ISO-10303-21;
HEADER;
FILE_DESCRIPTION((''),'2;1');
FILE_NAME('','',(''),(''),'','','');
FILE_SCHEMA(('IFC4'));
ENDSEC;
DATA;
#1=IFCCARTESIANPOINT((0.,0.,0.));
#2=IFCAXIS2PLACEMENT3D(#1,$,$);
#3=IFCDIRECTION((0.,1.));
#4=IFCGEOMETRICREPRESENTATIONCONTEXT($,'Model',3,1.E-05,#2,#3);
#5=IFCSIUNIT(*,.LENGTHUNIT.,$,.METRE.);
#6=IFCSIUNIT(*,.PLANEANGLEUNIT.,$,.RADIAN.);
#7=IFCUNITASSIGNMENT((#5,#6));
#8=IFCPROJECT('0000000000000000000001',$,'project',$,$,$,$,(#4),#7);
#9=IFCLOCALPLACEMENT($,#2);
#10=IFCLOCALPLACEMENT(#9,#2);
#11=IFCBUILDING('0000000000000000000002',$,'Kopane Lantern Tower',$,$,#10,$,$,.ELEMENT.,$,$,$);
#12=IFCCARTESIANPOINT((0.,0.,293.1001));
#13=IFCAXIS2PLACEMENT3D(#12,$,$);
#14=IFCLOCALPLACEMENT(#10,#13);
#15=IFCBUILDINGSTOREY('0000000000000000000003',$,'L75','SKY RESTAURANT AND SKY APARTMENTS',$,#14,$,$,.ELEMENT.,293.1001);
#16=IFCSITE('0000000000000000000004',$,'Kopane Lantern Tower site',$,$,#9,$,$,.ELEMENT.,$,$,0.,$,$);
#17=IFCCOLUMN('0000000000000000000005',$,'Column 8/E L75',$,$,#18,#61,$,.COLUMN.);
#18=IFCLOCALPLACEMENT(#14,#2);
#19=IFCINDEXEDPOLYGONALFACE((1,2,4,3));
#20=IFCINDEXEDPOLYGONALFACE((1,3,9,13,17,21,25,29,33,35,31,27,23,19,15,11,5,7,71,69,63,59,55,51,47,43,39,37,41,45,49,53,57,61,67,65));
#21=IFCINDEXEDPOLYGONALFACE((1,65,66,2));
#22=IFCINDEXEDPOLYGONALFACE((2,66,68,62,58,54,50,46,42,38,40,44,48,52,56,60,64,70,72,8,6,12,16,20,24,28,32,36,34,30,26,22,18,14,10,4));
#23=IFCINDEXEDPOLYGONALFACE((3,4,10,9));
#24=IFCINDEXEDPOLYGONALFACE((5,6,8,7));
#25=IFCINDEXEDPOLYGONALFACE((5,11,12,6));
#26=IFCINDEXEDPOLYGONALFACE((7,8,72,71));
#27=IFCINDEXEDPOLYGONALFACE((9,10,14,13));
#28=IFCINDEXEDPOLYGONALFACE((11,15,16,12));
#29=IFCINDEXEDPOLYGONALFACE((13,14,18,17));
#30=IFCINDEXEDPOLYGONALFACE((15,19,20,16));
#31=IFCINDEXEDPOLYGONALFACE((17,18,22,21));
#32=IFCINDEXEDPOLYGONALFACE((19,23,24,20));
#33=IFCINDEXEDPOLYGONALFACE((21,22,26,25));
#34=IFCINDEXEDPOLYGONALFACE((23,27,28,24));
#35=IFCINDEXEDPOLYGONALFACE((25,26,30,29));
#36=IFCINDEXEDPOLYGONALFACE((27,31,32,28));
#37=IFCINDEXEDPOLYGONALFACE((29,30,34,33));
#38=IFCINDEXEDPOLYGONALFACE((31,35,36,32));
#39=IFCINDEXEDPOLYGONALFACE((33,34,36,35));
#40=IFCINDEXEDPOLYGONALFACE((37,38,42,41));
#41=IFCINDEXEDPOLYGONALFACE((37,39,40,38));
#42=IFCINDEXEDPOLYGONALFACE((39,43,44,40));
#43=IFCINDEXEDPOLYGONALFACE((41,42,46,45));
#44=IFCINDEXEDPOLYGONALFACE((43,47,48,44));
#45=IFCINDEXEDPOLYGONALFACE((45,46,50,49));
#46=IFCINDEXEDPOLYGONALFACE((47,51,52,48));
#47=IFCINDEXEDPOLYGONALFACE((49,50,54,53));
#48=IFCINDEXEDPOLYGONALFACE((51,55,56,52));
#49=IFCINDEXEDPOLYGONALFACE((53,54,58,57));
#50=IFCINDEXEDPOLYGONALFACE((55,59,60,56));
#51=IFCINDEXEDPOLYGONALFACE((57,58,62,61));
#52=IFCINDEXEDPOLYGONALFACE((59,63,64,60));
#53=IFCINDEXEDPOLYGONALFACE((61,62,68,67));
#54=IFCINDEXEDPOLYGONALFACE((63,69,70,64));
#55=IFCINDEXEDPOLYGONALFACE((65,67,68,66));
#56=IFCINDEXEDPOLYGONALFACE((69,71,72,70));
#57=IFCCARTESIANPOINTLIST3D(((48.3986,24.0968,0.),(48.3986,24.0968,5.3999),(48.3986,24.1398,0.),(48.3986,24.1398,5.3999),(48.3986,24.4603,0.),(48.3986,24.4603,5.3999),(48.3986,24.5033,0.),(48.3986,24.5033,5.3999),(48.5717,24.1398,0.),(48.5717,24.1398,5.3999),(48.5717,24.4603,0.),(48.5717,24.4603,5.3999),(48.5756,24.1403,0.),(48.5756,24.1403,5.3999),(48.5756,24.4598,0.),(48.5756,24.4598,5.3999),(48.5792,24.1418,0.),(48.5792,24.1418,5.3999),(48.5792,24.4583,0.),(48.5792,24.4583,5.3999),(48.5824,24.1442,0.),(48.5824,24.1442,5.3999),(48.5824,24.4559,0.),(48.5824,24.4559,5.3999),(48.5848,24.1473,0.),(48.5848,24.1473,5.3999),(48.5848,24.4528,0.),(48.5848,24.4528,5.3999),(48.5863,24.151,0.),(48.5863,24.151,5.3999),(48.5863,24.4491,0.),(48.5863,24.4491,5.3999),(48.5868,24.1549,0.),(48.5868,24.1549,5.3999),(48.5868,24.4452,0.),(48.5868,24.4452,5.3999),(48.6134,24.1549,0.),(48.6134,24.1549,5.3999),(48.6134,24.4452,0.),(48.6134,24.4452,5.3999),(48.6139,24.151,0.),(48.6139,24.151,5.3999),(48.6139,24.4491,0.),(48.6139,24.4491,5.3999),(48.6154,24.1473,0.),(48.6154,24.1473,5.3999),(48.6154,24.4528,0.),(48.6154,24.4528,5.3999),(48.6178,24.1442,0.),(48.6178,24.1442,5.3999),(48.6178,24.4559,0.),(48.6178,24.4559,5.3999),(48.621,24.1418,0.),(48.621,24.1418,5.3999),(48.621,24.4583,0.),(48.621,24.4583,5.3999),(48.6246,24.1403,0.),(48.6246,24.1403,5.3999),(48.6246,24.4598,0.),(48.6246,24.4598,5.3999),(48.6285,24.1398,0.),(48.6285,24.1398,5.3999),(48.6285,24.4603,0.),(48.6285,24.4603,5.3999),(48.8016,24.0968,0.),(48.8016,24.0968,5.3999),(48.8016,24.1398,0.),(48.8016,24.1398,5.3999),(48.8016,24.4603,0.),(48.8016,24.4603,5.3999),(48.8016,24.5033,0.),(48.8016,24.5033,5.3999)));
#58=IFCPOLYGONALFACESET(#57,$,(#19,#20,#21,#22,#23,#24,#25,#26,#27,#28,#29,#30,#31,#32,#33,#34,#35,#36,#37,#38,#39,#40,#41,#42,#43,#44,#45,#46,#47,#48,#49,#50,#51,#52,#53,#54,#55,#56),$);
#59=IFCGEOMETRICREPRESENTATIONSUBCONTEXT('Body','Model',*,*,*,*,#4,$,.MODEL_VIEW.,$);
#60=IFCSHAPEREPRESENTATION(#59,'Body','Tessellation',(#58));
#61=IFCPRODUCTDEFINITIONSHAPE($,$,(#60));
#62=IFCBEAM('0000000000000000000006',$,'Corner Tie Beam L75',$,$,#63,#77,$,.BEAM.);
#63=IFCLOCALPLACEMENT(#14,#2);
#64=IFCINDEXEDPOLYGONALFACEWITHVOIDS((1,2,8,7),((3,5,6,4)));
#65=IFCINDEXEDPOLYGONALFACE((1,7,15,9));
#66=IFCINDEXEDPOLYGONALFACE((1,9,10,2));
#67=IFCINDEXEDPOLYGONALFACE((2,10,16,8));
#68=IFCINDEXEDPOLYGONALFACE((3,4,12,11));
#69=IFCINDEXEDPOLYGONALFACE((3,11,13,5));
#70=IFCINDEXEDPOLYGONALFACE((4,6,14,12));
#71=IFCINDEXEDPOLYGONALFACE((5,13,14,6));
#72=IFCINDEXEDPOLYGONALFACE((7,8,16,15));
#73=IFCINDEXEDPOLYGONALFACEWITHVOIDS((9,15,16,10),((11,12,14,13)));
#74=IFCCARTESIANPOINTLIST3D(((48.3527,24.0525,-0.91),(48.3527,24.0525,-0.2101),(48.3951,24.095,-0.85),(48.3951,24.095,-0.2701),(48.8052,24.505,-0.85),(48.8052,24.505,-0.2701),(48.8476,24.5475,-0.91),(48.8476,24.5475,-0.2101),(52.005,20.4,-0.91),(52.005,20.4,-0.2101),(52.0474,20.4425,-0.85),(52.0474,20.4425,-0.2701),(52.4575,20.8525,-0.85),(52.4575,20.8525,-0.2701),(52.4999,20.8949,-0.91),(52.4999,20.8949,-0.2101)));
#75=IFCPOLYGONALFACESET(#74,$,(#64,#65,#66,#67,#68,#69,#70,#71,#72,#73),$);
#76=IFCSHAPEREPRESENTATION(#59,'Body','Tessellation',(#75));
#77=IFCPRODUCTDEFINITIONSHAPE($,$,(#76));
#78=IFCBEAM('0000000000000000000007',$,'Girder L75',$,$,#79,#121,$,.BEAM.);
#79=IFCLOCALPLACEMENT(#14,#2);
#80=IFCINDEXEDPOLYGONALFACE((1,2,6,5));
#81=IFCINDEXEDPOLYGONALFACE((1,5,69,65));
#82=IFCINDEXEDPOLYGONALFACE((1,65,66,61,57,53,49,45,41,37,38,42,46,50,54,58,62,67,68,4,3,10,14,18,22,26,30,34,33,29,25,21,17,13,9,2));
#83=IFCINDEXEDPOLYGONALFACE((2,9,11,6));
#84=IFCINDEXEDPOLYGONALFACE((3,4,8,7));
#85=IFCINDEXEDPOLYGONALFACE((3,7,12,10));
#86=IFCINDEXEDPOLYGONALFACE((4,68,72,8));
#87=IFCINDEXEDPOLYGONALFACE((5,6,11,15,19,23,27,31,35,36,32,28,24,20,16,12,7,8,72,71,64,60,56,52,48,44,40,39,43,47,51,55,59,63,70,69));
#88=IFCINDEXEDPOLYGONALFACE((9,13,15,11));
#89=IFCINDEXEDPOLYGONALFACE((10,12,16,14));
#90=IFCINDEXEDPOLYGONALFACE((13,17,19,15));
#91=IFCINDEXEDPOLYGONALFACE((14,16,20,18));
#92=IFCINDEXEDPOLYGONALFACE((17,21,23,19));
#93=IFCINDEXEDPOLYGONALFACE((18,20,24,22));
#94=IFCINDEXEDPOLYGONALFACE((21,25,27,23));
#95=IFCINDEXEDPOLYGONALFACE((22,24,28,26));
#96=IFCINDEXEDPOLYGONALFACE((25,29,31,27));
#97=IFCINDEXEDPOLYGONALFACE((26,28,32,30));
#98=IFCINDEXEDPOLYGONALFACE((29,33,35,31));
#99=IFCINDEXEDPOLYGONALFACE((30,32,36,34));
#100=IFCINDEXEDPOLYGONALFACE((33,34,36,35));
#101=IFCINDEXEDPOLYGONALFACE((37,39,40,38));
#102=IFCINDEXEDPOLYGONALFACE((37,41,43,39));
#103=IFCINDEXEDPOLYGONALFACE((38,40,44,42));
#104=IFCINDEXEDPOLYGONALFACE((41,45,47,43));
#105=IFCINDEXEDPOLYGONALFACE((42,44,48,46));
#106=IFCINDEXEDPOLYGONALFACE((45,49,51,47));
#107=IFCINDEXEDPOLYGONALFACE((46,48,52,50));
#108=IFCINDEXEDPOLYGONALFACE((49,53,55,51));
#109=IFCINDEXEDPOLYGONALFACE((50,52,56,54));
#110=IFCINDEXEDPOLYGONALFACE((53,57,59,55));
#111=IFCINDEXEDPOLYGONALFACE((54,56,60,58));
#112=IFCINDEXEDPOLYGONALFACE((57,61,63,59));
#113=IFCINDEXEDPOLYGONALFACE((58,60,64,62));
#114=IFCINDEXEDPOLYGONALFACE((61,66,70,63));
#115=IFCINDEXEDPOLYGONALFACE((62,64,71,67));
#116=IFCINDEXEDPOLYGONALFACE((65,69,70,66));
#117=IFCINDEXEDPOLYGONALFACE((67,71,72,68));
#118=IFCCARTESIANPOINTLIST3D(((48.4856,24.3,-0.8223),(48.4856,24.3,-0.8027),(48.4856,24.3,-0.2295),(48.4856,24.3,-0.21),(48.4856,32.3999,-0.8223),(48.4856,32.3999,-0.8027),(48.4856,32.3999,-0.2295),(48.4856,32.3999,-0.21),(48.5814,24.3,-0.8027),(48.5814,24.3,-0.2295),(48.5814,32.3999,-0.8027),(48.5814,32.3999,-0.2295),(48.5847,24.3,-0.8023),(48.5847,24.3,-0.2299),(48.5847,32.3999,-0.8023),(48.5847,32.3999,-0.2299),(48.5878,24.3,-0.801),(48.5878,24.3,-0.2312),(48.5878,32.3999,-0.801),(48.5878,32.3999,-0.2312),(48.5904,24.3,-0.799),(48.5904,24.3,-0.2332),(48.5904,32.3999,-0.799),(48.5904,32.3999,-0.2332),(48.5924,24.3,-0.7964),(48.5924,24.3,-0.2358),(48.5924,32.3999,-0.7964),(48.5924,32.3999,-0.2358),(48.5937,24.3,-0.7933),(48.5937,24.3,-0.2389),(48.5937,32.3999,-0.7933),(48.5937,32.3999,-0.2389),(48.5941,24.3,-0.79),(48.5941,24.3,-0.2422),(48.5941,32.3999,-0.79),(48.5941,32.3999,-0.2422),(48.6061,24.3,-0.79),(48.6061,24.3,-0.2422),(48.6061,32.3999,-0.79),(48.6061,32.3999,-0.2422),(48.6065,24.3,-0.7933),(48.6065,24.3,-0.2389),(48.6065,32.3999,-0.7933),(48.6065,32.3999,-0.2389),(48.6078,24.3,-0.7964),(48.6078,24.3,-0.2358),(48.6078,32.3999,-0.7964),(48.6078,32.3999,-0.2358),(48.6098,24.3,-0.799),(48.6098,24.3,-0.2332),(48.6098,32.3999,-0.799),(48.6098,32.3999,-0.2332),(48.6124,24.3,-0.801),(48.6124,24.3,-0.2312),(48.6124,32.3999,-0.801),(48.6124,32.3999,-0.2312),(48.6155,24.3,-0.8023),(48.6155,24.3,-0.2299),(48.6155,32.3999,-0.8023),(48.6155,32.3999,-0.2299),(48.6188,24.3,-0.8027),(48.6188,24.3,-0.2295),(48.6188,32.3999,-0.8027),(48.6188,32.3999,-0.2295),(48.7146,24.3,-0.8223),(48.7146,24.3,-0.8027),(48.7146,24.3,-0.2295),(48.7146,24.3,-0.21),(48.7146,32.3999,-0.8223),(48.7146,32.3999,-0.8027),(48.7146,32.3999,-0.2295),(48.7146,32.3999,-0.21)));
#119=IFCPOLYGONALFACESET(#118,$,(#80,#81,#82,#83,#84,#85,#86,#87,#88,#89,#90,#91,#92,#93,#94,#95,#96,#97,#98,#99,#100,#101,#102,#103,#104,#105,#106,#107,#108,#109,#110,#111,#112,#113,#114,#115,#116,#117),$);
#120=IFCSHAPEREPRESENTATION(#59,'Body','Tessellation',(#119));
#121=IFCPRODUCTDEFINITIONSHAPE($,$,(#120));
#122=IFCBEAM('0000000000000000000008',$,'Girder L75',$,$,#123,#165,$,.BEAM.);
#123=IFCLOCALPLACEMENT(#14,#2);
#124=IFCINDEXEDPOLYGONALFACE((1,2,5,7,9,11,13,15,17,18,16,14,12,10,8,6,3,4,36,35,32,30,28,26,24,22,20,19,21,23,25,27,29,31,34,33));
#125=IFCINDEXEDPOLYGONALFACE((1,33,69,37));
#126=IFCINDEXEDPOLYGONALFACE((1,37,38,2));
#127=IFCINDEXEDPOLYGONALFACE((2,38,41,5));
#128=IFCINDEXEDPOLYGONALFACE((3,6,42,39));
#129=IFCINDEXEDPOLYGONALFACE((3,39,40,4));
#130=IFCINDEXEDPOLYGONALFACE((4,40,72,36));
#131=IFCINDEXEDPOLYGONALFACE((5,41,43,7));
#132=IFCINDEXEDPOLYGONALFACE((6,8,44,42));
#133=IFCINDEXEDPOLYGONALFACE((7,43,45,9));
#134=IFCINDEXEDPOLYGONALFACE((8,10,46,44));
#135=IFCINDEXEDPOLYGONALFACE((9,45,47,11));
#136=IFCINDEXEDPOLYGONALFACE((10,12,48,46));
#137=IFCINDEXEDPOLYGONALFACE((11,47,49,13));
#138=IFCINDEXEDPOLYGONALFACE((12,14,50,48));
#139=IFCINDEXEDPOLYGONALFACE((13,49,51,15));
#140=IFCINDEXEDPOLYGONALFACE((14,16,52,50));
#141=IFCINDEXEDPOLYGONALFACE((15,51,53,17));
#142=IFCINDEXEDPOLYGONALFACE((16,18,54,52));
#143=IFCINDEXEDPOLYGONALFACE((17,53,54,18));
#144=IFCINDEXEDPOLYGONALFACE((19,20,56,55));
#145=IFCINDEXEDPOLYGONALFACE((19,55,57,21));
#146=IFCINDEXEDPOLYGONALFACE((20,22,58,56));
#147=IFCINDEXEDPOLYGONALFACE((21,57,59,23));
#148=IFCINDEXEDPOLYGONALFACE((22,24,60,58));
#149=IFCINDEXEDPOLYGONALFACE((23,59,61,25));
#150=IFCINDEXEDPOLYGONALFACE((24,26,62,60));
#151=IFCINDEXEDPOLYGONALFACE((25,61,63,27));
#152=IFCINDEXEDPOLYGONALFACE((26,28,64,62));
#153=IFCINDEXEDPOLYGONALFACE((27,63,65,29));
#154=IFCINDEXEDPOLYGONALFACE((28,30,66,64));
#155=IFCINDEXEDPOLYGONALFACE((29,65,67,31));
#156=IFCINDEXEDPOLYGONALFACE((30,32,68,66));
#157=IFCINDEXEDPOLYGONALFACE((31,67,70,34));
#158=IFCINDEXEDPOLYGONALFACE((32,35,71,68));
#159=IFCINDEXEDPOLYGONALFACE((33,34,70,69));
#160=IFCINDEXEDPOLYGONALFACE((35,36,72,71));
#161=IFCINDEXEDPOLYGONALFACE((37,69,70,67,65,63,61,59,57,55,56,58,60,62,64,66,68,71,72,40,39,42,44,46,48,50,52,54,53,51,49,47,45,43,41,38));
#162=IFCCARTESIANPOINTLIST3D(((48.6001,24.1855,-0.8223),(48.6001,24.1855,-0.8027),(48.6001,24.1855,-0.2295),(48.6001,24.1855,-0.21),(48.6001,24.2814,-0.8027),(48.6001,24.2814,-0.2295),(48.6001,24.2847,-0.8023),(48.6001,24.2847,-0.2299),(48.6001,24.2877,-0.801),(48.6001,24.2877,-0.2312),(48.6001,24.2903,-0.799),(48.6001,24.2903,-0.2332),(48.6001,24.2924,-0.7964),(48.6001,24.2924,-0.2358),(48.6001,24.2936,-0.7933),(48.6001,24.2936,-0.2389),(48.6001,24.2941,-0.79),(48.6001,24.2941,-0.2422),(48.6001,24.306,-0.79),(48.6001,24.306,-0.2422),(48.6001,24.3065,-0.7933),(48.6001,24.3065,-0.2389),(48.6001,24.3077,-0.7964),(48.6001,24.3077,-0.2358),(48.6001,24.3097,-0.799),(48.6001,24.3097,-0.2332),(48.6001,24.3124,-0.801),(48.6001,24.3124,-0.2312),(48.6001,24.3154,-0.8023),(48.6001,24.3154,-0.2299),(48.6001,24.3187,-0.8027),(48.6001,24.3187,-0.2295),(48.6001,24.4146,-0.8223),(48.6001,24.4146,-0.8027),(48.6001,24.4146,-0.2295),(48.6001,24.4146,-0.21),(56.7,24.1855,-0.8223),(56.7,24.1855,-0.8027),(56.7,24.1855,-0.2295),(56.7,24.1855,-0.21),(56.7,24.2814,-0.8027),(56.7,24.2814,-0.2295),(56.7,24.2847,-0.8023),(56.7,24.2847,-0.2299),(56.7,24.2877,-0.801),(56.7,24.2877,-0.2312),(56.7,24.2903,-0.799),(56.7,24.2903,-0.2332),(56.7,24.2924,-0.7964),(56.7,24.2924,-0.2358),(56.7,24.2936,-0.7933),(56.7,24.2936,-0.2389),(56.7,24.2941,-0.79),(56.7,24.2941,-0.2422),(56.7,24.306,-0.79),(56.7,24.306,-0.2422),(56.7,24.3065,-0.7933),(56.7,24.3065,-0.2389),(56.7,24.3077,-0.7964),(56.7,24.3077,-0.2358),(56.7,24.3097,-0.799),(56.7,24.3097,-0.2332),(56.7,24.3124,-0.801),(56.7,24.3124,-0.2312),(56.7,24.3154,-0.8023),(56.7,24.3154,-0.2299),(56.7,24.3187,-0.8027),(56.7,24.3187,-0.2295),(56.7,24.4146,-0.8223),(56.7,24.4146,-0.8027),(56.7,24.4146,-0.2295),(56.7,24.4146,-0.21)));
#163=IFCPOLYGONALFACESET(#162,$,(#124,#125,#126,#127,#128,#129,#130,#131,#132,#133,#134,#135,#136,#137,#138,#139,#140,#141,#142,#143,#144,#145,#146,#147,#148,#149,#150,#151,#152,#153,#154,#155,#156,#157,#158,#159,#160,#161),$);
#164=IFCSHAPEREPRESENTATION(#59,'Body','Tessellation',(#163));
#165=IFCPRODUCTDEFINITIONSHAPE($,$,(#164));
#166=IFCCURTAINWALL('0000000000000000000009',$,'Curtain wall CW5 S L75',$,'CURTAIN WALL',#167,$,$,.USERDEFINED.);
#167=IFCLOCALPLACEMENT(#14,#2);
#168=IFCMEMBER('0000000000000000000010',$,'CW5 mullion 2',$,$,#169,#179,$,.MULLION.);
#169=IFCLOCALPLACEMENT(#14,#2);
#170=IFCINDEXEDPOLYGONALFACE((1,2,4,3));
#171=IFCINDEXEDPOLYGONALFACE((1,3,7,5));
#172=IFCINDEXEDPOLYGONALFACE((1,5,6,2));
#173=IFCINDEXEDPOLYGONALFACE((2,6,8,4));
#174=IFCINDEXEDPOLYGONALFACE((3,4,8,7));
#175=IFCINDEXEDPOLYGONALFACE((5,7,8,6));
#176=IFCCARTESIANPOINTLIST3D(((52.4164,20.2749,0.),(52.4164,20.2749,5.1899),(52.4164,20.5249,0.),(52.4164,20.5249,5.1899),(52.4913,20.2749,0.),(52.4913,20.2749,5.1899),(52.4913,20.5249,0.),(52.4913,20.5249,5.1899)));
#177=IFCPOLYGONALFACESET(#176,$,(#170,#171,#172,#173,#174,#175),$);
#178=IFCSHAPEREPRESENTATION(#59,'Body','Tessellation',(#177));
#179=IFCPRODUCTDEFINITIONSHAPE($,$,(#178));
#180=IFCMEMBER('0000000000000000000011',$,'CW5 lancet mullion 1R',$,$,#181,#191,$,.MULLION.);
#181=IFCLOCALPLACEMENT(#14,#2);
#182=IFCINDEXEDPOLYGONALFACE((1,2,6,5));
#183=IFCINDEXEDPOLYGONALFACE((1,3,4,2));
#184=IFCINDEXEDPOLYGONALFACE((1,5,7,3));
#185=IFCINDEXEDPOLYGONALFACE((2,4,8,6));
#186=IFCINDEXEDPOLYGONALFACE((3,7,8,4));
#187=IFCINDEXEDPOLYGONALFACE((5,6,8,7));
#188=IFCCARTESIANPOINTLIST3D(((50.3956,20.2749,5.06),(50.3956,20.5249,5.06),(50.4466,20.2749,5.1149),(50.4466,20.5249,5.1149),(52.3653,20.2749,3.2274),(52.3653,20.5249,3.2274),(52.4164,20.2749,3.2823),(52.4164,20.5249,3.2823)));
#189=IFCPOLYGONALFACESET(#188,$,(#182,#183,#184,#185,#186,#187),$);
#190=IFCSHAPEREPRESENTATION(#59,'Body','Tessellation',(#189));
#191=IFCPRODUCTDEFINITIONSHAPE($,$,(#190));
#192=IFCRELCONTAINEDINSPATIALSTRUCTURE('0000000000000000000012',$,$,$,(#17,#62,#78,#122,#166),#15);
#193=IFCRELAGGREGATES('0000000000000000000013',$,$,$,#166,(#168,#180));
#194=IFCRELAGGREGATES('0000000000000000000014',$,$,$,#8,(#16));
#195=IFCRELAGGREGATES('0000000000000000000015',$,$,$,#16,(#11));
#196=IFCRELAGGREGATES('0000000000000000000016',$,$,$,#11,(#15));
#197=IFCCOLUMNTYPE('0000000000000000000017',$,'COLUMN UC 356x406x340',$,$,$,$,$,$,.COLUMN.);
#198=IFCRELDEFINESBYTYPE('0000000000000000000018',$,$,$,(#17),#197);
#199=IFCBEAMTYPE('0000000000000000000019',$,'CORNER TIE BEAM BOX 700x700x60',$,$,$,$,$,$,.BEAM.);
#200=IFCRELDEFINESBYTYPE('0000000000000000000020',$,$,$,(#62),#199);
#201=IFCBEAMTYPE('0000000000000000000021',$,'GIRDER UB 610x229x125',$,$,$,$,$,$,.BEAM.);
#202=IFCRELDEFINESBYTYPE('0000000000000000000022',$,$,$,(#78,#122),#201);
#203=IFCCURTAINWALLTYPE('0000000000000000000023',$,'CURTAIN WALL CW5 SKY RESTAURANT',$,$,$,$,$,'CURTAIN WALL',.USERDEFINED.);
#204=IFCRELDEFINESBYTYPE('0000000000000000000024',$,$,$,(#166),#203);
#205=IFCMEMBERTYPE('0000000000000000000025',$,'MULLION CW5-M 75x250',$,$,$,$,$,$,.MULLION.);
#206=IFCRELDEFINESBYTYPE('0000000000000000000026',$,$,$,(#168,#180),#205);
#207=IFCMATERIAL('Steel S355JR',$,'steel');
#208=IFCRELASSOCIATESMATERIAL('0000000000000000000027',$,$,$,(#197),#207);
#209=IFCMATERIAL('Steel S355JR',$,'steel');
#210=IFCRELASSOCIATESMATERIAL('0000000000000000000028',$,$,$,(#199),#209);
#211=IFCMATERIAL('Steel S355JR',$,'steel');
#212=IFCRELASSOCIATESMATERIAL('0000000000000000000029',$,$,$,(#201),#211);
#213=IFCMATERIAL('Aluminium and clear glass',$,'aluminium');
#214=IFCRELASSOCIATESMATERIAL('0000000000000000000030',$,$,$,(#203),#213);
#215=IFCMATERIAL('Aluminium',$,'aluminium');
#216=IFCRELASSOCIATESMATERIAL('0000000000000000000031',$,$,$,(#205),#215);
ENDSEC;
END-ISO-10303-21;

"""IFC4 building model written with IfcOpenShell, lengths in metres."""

from ifc_helpers import new_model, si_unit, direction, frame, origin, origin_2d, place, context, subcontext, project, spatial, rectangle, hollow_rectangle, i_section, extrude, material, material_profile, profile_set, type_object, element, aggregate, save


model = new_model("IFC4")

# Units and contexts
model_context = context("Model", 3, precision=1e-05, world=origin(), true_north=direction((0.0, 1.0)))
body_context = subcontext(model_context, "Body", "Model", "MODEL_VIEW")
ifc_project = project(units=[si_unit("LENGTHUNIT", "METRE"), si_unit("PLANEANGLEUNIT", "RADIAN")], contexts=[model_context])

# Site, building, storey
site_placement = place(None, origin())
site = spatial("IfcSite", under=ifc_project, at=site_placement, Name="Kopane Lantern Tower site", CompositionType="ELEMENT", RefElevation=0.0)
building_placement = place(site_placement, origin())
building = spatial("IfcBuilding", under=site, at=building_placement, Name="Kopane Lantern Tower", CompositionType="ELEMENT")
storey_placement = place(building_placement, frame((0.0, 0.0, 293.1001)))
storey = spatial("IfcBuildingStorey", under=building, at=storey_placement, Name="L75", Description="SKY RESTAURANT AND SKY APARTMENTS", CompositionType="ELEMENT", Elevation=293.1001)

# Column
ifc_material_1 = material(Name="Steel S355JR", Category="steel")
ifc_material_profile_1 = material_profile(ifc_material_1, i_section(OverallWidth=0.4031, OverallDepth=0.4065, WebThickness=0.0266, FlangeThickness=0.043, FilletRadius=0.0151, at=origin_2d()), Name="UC 356x406x340")
ifc_profile_set_1 = profile_set([ifc_material_profile_1], Name="Steel S355JR")
column_type = type_object("IfcColumnType", Name="COLUMN UC 356x406x340", PredefinedType="COLUMN", material=ifc_profile_set_1)
column_placement = place(storey_placement, frame((48.6001, 24.3, 0.0), z_axis=(0.0, 0.0, 1.0), x_axis=(1.0, 0.0, 0.0)))
element("IfcColumn", 1, at=column_placement, inside=storey, type_object=column_type, Name="Column 8/E L75", PredefinedType="COLUMN", context=body_context, shape_type="SweptSolid", body=[
    extrude(i_section(OverallWidth=0.4031, OverallDepth=0.4065, WebThickness=0.0266, FlangeThickness=0.043, FilletRadius=0.0151, at=origin_2d()), origin(), (0.0, 0.0, 1.0), 5.3999),
])

# Beams
ifc_material_2 = material(Name="Steel S355JR", Category="steel")
ifc_material_profile_2 = material_profile(ifc_material_2, hollow_rectangle(XDim=0.7, YDim=0.7, WallThickness=0.0601, at=origin_2d()), Name="BOX 700x700x60")
ifc_profile_set_2 = profile_set([ifc_material_profile_2], Name="Steel S355JR")
beam_type_1 = type_object("IfcBeamType", Name="CORNER TIE BEAM BOX 700x700x60", PredefinedType="BEAM", material=ifc_profile_set_2)
beam_placement = place(storey_placement, frame((52.2524, 20.6475, -0.5601), z_axis=(-0.707083, 0.70713, 0.0), x_axis=(-0.70713, -0.707083, 0.0)))
element("IfcBeam", 2, at=beam_placement, inside=storey, type_object=beam_type_1, Name="Corner Tie Beam L75", PredefinedType="BEAM", context=body_context, shape_type="SweptSolid", body=[
    extrude(hollow_rectangle(XDim=0.7, YDim=0.7, WallThickness=0.0601, at=origin_2d()), origin(), (0.0, 0.0, 1.0), 5.1653),
])
ifc_material_3 = material(Name="Steel S355JR", Category="steel")
ifc_material_profile_3 = material_profile(ifc_material_3, i_section(OverallWidth=0.229, OverallDepth=0.6123, WebThickness=0.012, FlangeThickness=0.0195, FilletRadius=0.0127, at=origin_2d()), Name="UB 610x229x125")
ifc_profile_set_3 = profile_set([ifc_material_profile_3], Name="Steel S355JR")
beam_type_2 = type_object("IfcBeamType", Name="GIRDER UB 610x229x125", PredefinedType="BEAM", material=ifc_profile_set_3)
for number, where, z_axis, x_axis, name in (
    (3, (48.6001, 24.3, -0.5161), (0.0, 1.0, 0.0), (-1.0, 0.0, 0.0), "Girder L75"),
    (4, (48.6001, 24.3, -0.5161), (1.0, 0.0, 0.0), (0.0, 1.0, 0.0), "Girder L75"),
):
    element("IfcBeam", number, at=place(storey_placement, frame(where, z_axis=z_axis, x_axis=x_axis)), inside=storey, type_object=beam_type_2, Name=name, PredefinedType="BEAM", context=body_context, shape_type="SweptSolid", body=[
        extrude(i_section(OverallWidth=0.229, OverallDepth=0.6123, WebThickness=0.012, FlangeThickness=0.0195, FilletRadius=0.0127, at=origin_2d()), origin(), (0.0, 0.0, 1.0), 8.0999),
    ])

# Curtain wall, members
ifc_material_4 = material(Name="Aluminium and clear glass", Category="aluminium")
curtain_wall_type = type_object("IfcCurtainWallType", Name="CURTAIN WALL CW5 SKY RESTAURANT", ElementType="CURTAIN WALL", PredefinedType="USERDEFINED", material=ifc_material_4)
curtain_wall_1_placement = place(storey_placement, origin())
curtain_wall_1 = element("IfcCurtainWall", 5, at=curtain_wall_1_placement, inside=storey, type_object=curtain_wall_type, Name="Curtain wall CW5 S L75", ObjectType="CURTAIN WALL", PredefinedType="USERDEFINED")
ifc_material_5 = material(Name="Aluminium", Category="aluminium")
ifc_material_profile_4 = material_profile(ifc_material_5, rectangle(XDim=0.075, YDim=0.25, at=origin_2d()), Name="AL 75x250")
ifc_profile_set_4 = profile_set([ifc_material_profile_4], Name="Aluminium")
member_type_1 = type_object("IfcMemberType", Name="MULLION CW5-M 75x250", PredefinedType="MULLION", material=ifc_profile_set_4)
member_1_placement = place(storey_placement, frame((52.4539, 20.3999, 0.0), z_axis=(0.0, 0.0, 1.0), x_axis=(1.0, 0.0, 0.0)))
member_1 = element("IfcMember", 6, at=member_1_placement, type_object=member_type_1, Name="CW5 mullion 2", PredefinedType="MULLION", context=body_context, shape_type="SweptSolid", body=[
    extrude(rectangle(XDim=0.075, YDim=0.25, at=origin_2d()), origin(), (0.0, 0.0, 1.0), 5.1899),
])
member_2_placement = place(storey_placement, frame((52.3909, 20.3999, 3.2549), z_axis=(-0.732147, 0.0, 0.681147), x_axis=(0.681147, 0.0, 0.732147)))
member_2 = element("IfcMember", 7, at=member_2_placement, type_object=member_type_1, Name="CW5 lancet mullion 1R", PredefinedType="MULLION", context=body_context, shape_type="SweptSolid", body=[
    extrude(rectangle(XDim=0.075, YDim=0.25, at=origin_2d()), origin(), (0.0, 0.0, 1.0), 2.6904),
])

aggregate(curtain_wall_1, [member_1, member_2])

save(model, "model.ifc")
